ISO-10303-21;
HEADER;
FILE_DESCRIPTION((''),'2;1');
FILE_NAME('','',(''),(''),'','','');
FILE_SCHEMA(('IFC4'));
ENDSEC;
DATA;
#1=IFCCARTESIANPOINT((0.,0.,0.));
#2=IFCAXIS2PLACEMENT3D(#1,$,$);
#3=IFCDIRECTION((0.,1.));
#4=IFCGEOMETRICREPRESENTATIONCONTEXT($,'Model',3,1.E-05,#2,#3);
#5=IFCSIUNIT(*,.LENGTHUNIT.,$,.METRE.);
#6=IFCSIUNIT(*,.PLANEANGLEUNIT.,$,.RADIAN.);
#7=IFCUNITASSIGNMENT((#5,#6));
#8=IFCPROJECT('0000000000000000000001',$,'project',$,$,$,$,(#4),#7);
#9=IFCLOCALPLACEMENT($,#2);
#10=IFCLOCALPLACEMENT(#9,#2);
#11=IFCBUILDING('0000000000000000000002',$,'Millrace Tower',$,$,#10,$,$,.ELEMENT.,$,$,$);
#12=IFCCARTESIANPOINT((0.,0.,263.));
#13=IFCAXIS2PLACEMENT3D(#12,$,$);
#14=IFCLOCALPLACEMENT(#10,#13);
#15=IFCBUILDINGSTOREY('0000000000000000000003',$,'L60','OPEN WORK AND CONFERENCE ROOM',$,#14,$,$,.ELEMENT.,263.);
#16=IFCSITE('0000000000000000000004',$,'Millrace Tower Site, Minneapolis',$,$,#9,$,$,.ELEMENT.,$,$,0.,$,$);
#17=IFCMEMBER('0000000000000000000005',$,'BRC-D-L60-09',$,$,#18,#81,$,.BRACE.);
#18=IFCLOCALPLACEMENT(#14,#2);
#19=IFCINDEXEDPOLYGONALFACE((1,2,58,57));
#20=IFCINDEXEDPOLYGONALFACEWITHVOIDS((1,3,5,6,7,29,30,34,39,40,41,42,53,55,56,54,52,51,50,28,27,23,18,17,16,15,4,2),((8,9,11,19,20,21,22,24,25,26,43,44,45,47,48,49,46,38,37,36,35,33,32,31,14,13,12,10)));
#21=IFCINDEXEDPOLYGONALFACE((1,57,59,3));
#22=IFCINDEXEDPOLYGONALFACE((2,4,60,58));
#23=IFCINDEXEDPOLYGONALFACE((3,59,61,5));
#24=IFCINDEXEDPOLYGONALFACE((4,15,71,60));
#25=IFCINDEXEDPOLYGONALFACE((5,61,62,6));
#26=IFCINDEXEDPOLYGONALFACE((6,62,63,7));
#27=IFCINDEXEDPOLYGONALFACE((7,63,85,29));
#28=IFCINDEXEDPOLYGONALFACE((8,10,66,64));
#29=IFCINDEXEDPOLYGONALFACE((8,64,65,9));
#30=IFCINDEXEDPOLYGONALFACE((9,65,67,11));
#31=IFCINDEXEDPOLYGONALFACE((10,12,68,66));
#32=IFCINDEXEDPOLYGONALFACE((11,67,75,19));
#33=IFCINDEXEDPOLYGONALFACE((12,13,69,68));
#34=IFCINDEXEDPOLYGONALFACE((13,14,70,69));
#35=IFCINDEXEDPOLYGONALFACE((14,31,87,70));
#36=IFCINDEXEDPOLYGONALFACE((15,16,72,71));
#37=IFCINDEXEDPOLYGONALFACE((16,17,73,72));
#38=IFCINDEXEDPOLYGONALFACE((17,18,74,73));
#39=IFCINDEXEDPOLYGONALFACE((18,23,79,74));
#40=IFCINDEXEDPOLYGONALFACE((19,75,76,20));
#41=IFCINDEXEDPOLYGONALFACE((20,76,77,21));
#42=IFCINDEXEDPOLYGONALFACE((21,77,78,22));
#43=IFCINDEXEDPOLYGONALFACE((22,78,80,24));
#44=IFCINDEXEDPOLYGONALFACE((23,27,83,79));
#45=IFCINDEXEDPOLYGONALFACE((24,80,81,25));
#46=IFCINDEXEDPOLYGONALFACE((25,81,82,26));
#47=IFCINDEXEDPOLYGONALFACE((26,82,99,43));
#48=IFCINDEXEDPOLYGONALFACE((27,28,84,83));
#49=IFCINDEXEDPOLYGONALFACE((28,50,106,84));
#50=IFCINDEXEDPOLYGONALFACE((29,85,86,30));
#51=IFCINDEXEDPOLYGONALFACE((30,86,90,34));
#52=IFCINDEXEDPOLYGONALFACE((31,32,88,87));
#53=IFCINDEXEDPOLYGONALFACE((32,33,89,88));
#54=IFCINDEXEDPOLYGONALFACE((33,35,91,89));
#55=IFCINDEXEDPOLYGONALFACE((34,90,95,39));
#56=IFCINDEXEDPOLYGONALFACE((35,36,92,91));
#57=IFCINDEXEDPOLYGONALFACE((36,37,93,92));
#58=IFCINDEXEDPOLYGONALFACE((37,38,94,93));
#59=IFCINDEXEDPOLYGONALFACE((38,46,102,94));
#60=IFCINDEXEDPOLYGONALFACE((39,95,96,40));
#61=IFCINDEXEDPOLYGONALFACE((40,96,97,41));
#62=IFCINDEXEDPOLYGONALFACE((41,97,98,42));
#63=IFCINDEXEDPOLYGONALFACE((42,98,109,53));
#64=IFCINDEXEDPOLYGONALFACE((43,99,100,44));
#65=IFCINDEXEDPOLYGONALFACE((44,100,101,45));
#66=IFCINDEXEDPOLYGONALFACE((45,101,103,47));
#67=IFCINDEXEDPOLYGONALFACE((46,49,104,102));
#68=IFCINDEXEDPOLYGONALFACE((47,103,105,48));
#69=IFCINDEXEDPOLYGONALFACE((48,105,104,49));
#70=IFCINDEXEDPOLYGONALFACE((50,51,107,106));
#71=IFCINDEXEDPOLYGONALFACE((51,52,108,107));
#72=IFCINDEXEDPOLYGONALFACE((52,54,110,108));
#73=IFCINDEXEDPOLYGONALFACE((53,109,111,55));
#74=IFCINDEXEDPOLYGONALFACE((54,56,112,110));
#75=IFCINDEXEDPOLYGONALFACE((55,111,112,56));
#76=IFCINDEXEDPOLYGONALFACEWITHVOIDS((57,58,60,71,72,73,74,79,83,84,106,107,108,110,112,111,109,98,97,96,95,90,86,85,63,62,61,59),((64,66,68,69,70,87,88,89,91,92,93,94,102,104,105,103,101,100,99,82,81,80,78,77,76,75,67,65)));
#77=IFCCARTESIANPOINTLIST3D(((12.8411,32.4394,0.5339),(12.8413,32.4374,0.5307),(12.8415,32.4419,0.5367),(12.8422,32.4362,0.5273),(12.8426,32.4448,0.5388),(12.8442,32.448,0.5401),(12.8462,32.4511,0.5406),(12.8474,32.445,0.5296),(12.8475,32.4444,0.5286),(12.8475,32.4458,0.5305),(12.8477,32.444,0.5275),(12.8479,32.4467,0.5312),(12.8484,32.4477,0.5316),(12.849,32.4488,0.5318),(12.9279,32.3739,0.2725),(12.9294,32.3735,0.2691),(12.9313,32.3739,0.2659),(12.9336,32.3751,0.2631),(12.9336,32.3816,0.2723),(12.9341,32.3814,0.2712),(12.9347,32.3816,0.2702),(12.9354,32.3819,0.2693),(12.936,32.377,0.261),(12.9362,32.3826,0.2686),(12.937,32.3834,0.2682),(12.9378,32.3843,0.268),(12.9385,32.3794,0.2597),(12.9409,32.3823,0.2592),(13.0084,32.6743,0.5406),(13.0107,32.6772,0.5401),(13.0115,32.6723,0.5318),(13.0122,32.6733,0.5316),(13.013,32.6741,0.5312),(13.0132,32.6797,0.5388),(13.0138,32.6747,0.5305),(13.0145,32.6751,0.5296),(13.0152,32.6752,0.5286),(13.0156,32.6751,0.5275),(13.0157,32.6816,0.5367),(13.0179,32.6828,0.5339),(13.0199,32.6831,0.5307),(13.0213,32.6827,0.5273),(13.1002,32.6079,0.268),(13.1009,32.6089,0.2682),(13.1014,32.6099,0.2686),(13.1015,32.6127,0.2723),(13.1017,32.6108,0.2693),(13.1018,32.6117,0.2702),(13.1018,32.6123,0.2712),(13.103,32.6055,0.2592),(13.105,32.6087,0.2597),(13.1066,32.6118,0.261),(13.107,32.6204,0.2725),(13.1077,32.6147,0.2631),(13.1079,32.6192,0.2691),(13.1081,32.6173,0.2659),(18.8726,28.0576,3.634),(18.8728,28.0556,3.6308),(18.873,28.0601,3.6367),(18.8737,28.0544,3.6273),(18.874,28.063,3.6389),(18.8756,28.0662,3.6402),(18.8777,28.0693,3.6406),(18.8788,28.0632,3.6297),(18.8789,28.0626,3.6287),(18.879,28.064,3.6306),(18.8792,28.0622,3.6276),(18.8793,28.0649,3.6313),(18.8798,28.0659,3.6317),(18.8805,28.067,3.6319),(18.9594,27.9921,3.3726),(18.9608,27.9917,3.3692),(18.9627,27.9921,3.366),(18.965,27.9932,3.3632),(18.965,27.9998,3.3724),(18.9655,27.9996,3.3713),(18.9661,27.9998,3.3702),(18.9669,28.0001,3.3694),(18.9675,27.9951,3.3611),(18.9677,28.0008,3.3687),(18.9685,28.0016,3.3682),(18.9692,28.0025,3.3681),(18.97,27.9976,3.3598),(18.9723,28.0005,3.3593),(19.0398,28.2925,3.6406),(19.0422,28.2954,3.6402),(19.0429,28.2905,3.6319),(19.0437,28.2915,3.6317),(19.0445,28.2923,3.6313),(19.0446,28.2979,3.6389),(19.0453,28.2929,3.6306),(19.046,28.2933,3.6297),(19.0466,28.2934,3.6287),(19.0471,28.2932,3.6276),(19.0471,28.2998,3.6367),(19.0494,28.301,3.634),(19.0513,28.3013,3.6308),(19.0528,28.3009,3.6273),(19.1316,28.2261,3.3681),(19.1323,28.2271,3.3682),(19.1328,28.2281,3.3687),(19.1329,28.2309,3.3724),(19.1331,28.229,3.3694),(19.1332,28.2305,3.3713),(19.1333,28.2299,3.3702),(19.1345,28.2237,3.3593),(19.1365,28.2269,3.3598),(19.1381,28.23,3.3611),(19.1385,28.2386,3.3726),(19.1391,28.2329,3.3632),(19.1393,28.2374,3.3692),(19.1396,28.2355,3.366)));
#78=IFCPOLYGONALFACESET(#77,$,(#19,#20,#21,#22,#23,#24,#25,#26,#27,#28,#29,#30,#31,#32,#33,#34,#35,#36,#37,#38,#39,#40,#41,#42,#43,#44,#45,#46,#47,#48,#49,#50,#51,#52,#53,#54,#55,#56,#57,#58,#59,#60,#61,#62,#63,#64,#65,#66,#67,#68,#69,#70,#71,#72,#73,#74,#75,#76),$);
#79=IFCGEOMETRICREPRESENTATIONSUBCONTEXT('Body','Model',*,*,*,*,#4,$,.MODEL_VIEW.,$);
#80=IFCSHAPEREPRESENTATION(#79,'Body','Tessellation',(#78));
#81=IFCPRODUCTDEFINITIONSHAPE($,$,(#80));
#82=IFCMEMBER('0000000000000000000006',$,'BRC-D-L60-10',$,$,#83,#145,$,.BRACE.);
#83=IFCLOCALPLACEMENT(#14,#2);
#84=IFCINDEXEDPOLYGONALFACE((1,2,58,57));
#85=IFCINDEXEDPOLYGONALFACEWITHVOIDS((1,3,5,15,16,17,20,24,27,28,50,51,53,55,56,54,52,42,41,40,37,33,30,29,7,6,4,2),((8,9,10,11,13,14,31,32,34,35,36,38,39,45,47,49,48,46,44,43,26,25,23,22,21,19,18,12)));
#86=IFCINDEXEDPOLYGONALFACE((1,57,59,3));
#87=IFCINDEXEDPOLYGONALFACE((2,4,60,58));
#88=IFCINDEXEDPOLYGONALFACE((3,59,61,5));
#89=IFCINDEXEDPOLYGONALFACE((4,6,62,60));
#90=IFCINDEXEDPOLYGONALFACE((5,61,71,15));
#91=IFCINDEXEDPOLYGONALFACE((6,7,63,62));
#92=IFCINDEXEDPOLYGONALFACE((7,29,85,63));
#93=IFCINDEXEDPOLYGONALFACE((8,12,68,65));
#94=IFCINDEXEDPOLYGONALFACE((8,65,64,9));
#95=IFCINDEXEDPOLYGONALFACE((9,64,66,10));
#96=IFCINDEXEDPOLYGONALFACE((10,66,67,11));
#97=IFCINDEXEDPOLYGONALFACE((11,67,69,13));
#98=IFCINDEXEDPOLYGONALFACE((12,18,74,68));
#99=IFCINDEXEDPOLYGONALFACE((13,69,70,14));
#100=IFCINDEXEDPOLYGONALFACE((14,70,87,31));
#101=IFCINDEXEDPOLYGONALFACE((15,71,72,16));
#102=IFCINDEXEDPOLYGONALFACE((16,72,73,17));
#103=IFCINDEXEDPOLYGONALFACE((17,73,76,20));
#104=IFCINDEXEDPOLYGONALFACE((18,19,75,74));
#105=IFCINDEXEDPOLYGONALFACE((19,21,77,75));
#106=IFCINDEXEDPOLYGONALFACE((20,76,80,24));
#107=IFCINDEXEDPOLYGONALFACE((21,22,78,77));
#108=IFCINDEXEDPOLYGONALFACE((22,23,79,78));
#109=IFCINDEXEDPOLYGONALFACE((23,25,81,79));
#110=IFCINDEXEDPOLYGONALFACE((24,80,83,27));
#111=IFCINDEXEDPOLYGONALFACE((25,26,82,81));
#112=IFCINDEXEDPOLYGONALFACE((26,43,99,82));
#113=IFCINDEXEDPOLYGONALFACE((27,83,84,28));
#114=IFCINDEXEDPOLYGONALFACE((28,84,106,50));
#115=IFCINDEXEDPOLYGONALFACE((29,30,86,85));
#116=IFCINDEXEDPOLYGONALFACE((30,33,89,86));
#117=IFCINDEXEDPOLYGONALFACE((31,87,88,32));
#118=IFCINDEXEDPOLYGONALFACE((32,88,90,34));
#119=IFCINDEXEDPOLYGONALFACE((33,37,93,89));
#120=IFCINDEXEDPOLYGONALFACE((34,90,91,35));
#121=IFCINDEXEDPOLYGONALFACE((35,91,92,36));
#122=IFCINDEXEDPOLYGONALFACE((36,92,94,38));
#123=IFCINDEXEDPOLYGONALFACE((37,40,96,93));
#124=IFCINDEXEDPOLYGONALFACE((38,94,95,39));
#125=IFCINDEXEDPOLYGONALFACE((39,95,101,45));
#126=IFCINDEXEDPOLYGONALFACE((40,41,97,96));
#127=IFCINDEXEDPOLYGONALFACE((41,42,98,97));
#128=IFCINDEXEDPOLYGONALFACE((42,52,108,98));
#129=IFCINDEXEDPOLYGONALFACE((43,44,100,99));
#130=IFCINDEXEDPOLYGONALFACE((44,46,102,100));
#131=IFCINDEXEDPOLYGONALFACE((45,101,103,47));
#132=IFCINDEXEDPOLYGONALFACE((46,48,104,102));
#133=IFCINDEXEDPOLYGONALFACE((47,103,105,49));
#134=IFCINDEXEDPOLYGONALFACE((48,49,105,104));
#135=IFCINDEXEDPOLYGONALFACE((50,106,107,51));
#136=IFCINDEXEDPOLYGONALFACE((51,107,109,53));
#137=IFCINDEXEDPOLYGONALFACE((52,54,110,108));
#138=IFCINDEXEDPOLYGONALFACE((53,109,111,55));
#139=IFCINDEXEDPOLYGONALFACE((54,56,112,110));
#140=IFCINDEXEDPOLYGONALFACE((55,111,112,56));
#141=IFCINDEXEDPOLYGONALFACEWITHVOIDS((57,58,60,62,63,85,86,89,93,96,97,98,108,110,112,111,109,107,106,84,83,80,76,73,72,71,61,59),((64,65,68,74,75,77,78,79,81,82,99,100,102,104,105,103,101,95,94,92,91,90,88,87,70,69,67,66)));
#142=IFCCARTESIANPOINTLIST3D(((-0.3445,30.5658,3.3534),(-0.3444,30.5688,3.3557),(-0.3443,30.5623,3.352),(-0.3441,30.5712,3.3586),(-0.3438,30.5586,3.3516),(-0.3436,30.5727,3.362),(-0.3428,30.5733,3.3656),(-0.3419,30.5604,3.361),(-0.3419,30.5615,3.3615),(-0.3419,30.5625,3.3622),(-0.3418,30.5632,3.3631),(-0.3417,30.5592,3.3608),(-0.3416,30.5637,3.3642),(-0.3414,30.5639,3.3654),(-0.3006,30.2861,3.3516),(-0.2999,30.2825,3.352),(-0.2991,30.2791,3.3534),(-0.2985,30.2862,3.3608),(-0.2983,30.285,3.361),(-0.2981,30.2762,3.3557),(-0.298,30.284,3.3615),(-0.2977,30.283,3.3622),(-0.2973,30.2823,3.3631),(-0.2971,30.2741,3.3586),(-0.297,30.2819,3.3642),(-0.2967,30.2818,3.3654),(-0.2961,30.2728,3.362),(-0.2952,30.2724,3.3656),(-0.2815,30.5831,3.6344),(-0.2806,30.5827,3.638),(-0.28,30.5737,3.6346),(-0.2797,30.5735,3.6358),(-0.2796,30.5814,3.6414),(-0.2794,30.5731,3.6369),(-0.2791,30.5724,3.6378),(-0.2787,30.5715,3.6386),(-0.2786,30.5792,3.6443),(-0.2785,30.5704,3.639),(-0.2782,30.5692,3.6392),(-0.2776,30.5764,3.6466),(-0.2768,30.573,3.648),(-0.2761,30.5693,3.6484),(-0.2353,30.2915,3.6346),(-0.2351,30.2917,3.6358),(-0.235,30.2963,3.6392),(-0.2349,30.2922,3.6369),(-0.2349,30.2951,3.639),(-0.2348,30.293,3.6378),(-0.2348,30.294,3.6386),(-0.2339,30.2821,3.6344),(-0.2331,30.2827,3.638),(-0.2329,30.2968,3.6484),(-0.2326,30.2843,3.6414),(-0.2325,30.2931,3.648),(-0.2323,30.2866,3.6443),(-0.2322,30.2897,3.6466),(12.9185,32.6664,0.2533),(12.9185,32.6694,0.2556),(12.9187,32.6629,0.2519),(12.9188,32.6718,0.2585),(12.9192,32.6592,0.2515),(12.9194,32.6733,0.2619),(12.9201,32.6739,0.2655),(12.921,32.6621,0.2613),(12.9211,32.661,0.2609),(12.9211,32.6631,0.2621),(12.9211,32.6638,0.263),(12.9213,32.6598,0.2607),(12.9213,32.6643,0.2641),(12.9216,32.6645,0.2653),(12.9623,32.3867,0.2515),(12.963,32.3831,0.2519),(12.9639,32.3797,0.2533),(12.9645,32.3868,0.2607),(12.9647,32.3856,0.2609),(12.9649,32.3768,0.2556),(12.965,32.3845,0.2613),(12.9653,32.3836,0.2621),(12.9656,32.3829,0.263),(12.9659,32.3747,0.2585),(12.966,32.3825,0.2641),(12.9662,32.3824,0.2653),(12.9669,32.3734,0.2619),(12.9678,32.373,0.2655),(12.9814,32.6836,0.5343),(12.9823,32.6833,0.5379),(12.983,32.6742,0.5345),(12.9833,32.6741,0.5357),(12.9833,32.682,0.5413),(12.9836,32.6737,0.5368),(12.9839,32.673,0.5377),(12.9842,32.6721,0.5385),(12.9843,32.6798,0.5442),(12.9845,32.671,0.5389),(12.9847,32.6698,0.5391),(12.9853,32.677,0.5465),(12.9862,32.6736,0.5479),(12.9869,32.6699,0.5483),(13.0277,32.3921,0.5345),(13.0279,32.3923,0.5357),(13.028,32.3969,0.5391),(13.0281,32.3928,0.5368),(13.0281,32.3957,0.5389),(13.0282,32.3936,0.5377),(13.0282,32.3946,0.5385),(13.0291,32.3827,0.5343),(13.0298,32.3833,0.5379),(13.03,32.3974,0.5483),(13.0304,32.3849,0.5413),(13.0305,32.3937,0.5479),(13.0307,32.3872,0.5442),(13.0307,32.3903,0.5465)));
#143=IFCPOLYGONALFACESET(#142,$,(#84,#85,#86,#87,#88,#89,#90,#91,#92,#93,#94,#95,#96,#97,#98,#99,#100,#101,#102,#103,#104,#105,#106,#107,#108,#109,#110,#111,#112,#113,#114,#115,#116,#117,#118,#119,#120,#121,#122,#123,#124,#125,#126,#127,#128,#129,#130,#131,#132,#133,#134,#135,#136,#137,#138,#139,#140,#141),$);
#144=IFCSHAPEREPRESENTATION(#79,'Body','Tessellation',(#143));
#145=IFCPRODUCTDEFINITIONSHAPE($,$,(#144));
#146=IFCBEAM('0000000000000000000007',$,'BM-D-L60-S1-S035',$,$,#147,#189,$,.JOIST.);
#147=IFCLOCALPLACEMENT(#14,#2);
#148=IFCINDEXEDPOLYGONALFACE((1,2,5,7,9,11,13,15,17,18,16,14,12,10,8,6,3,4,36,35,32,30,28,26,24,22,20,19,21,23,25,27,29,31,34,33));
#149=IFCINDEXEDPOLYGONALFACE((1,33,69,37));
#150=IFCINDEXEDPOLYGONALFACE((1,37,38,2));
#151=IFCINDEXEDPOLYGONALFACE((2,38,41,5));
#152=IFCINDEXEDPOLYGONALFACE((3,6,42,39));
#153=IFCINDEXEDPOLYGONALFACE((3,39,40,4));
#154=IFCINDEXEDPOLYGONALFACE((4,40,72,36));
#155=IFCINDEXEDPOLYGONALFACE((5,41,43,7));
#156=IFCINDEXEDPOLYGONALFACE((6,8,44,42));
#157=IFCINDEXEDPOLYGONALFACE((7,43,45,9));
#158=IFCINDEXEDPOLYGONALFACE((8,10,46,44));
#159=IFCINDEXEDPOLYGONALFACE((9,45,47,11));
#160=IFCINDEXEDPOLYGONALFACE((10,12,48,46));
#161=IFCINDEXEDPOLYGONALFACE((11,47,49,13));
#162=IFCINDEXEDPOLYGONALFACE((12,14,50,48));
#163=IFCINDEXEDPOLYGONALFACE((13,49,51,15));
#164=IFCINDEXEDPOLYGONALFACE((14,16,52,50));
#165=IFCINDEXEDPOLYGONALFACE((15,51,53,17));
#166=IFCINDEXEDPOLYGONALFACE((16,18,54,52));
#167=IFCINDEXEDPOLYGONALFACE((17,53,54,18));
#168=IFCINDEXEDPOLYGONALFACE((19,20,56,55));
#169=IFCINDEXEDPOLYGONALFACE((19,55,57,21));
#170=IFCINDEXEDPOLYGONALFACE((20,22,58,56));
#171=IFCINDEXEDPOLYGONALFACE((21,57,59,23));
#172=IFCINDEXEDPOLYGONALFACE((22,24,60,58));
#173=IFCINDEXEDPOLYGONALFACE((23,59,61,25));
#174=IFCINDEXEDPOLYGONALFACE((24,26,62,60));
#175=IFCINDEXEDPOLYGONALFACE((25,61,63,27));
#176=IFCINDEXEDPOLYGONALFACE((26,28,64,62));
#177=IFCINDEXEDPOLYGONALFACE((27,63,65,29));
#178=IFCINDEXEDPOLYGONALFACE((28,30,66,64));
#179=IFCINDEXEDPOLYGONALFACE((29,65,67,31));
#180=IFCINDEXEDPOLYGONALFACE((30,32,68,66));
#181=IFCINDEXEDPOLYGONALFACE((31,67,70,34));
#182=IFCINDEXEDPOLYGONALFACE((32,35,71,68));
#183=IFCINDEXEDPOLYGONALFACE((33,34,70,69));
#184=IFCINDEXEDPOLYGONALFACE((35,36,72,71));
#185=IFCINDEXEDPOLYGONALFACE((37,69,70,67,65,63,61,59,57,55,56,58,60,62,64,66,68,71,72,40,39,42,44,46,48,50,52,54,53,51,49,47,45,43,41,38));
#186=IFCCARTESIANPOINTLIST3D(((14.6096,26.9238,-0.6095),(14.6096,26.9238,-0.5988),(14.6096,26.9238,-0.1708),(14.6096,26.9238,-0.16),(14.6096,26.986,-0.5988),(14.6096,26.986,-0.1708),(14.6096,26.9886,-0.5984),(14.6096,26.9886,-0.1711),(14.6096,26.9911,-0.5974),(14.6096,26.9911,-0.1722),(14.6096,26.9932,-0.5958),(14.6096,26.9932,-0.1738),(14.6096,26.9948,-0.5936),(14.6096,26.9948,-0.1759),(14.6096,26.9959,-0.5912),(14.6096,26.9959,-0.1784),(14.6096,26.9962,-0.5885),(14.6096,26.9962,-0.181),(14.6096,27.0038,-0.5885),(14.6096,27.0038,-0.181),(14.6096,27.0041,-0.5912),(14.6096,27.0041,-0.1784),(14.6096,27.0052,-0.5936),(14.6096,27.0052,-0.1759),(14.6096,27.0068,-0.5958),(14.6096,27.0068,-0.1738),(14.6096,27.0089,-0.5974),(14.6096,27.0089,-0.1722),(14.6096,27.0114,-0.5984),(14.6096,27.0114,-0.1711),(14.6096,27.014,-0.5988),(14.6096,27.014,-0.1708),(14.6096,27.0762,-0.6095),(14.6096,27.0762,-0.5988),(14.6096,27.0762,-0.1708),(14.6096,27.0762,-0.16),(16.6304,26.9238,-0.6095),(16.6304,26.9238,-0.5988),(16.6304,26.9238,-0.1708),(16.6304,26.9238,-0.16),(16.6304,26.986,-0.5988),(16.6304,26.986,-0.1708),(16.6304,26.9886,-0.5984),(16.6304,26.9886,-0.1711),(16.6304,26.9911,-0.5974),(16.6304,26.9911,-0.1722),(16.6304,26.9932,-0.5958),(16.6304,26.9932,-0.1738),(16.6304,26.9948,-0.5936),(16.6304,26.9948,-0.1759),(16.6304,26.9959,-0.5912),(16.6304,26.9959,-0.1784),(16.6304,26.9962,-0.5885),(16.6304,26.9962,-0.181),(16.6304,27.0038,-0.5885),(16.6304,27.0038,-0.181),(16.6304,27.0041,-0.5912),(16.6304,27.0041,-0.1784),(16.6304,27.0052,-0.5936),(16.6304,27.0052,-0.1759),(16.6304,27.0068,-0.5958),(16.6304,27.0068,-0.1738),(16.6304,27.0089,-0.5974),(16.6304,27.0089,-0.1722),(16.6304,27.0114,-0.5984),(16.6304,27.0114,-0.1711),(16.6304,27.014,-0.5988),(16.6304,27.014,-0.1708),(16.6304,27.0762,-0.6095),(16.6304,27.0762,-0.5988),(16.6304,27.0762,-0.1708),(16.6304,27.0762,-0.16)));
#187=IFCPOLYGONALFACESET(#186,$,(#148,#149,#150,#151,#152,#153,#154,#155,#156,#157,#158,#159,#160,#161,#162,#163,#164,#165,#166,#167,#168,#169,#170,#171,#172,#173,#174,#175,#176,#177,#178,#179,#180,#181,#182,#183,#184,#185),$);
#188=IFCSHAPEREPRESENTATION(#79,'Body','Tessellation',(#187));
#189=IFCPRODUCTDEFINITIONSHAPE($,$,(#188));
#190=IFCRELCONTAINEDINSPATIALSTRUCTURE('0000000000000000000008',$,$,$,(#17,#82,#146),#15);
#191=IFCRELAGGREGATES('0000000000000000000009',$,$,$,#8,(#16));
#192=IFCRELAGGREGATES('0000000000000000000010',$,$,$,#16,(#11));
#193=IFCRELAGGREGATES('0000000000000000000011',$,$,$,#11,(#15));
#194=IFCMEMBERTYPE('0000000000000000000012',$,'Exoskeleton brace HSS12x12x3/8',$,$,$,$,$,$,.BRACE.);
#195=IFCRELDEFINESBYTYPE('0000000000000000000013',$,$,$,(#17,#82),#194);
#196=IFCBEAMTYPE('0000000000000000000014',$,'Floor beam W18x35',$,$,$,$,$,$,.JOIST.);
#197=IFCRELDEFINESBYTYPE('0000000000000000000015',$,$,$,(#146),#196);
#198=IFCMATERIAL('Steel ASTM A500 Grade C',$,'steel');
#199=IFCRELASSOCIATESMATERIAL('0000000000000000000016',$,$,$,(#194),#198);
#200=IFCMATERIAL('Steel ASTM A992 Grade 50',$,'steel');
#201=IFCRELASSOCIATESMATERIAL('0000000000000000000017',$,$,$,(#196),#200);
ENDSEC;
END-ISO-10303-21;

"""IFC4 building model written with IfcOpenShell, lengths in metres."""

from ifc_helpers import new_model, si_unit, direction, frame, origin, origin_2d, place, context, subcontext, project, spatial, hollow_rectangle, i_section, extrude, material, material_profile, profile_set, type_object, element, save


model = new_model("IFC4")

# Units and contexts
model_context = context("Model", 3, precision=1e-05, world=origin(), true_north=direction((0.0, 1.0)))
body_context = subcontext(model_context, "Body", "Model", "MODEL_VIEW")
ifc_project = project(units=[si_unit("LENGTHUNIT", "METRE"), si_unit("PLANEANGLEUNIT", "RADIAN")], contexts=[model_context])

# Site, building, storey
site_placement = place(None, origin())
site = spatial("IfcSite", under=ifc_project, at=site_placement, Name="Millrace Tower Site, Minneapolis", CompositionType="ELEMENT", RefElevation=0.0)
building_placement = place(site_placement, origin())
building = spatial("IfcBuilding", under=site, at=building_placement, Name="Millrace Tower", CompositionType="ELEMENT")
storey_placement = place(building_placement, frame((0.0, 0.0, 263.0)))
storey = spatial("IfcBuildingStorey", under=building, at=storey_placement, Name="L60", Description="OPEN WORK AND CONFERENCE ROOM", CompositionType="ELEMENT", Elevation=263.0)

# Members
ifc_material_1 = material(Name="Steel ASTM A500 Grade C", Category="steel")
ifc_material_profile_1 = material_profile(ifc_material_1, hollow_rectangle(XDim=0.3047, YDim=0.3047, WallThickness=0.0095, InnerFilletRadius=0.0046, OuterFilletRadius=0.0144, at=origin_2d()))
ifc_profile_set_1 = profile_set([ifc_material_profile_1], Name="Steel ASTM A500 Grade C")
member_type_1 = type_object("IfcMemberType", Name="Exoskeleton brace HSS12x12x3/8", PredefinedType="BRACE", material=ifc_profile_set_1)
member_1_placement = place(storey_placement, frame((12.9746, 32.5283, 0.3999), z_axis=(0.747024, -0.542707, 0.383959), x_axis=(0.587759, 0.809036, 0.0)))
element("IfcMember", 1, at=member_1_placement, inside=storey, type_object=member_type_1, Name="BRC-D-L60-09", PredefinedType="BRACE", context=body_context, shape_type="SweptSolid", body=[
    extrude(hollow_rectangle(XDim=0.3047, YDim=0.3047, WallThickness=0.0095, InnerFilletRadius=0.0046, OuterFilletRadius=0.0144, at=origin_2d()), origin(), (0.0, 0.0, 1.0), 8.074),
])
member_2_placement = place(storey_placement, frame((12.9746, 32.5283, 0.3999), z_axis=(-0.962376, -0.152421, 0.224947), x_axis=(0.15643, -0.987689, 0.0)))
element("IfcMember", 2, at=member_2_placement, inside=storey, type_object=member_type_1, Name="BRC-D-L60-10", PredefinedType="BRACE", context=body_context, shape_type="SweptSolid", body=[
    extrude(hollow_rectangle(XDim=0.3047, YDim=0.3047, WallThickness=0.0095, InnerFilletRadius=0.0046, OuterFilletRadius=0.0144, at=origin_2d()), origin(), (0.0, 0.0, 1.0), 13.7815),
])

# Beam
ifc_material_2 = material(Name="Steel ASTM A992 Grade 50", Category="steel")
ifc_material_profile_2 = material_profile(ifc_material_2, i_section(OverallWidth=0.1523, OverallDepth=0.4495, WebThickness=0.0076, FlangeThickness=0.0107, FilletRadius=0.0103, at=origin_2d()))
ifc_profile_set_2 = profile_set([ifc_material_profile_2], Name="Steel ASTM A992 Grade 50")
beam_type_1 = type_object("IfcBeamType", Name="Floor beam W18x35", PredefinedType="JOIST", material=ifc_profile_set_2)
beam_1_placement = place(storey_placement, frame((14.6096, 27.0, -0.3848), z_axis=(1.0, 0.0, 0.0), x_axis=(0.0, 1.0, 0.0)))
element("IfcBeam", 3, at=beam_1_placement, inside=storey, type_object=beam_type_1, Name="BM-D-L60-S1-S035", PredefinedType="JOIST", context=body_context, shape_type="SweptSolid", body=[
    extrude(i_section(OverallWidth=0.1523, OverallDepth=0.4495, WebThickness=0.0076, FlangeThickness=0.0107, FilletRadius=0.0103, at=origin_2d()), origin(), (0.0, 0.0, 1.0), 2.0208),
])

save(model, "model.ifc")
